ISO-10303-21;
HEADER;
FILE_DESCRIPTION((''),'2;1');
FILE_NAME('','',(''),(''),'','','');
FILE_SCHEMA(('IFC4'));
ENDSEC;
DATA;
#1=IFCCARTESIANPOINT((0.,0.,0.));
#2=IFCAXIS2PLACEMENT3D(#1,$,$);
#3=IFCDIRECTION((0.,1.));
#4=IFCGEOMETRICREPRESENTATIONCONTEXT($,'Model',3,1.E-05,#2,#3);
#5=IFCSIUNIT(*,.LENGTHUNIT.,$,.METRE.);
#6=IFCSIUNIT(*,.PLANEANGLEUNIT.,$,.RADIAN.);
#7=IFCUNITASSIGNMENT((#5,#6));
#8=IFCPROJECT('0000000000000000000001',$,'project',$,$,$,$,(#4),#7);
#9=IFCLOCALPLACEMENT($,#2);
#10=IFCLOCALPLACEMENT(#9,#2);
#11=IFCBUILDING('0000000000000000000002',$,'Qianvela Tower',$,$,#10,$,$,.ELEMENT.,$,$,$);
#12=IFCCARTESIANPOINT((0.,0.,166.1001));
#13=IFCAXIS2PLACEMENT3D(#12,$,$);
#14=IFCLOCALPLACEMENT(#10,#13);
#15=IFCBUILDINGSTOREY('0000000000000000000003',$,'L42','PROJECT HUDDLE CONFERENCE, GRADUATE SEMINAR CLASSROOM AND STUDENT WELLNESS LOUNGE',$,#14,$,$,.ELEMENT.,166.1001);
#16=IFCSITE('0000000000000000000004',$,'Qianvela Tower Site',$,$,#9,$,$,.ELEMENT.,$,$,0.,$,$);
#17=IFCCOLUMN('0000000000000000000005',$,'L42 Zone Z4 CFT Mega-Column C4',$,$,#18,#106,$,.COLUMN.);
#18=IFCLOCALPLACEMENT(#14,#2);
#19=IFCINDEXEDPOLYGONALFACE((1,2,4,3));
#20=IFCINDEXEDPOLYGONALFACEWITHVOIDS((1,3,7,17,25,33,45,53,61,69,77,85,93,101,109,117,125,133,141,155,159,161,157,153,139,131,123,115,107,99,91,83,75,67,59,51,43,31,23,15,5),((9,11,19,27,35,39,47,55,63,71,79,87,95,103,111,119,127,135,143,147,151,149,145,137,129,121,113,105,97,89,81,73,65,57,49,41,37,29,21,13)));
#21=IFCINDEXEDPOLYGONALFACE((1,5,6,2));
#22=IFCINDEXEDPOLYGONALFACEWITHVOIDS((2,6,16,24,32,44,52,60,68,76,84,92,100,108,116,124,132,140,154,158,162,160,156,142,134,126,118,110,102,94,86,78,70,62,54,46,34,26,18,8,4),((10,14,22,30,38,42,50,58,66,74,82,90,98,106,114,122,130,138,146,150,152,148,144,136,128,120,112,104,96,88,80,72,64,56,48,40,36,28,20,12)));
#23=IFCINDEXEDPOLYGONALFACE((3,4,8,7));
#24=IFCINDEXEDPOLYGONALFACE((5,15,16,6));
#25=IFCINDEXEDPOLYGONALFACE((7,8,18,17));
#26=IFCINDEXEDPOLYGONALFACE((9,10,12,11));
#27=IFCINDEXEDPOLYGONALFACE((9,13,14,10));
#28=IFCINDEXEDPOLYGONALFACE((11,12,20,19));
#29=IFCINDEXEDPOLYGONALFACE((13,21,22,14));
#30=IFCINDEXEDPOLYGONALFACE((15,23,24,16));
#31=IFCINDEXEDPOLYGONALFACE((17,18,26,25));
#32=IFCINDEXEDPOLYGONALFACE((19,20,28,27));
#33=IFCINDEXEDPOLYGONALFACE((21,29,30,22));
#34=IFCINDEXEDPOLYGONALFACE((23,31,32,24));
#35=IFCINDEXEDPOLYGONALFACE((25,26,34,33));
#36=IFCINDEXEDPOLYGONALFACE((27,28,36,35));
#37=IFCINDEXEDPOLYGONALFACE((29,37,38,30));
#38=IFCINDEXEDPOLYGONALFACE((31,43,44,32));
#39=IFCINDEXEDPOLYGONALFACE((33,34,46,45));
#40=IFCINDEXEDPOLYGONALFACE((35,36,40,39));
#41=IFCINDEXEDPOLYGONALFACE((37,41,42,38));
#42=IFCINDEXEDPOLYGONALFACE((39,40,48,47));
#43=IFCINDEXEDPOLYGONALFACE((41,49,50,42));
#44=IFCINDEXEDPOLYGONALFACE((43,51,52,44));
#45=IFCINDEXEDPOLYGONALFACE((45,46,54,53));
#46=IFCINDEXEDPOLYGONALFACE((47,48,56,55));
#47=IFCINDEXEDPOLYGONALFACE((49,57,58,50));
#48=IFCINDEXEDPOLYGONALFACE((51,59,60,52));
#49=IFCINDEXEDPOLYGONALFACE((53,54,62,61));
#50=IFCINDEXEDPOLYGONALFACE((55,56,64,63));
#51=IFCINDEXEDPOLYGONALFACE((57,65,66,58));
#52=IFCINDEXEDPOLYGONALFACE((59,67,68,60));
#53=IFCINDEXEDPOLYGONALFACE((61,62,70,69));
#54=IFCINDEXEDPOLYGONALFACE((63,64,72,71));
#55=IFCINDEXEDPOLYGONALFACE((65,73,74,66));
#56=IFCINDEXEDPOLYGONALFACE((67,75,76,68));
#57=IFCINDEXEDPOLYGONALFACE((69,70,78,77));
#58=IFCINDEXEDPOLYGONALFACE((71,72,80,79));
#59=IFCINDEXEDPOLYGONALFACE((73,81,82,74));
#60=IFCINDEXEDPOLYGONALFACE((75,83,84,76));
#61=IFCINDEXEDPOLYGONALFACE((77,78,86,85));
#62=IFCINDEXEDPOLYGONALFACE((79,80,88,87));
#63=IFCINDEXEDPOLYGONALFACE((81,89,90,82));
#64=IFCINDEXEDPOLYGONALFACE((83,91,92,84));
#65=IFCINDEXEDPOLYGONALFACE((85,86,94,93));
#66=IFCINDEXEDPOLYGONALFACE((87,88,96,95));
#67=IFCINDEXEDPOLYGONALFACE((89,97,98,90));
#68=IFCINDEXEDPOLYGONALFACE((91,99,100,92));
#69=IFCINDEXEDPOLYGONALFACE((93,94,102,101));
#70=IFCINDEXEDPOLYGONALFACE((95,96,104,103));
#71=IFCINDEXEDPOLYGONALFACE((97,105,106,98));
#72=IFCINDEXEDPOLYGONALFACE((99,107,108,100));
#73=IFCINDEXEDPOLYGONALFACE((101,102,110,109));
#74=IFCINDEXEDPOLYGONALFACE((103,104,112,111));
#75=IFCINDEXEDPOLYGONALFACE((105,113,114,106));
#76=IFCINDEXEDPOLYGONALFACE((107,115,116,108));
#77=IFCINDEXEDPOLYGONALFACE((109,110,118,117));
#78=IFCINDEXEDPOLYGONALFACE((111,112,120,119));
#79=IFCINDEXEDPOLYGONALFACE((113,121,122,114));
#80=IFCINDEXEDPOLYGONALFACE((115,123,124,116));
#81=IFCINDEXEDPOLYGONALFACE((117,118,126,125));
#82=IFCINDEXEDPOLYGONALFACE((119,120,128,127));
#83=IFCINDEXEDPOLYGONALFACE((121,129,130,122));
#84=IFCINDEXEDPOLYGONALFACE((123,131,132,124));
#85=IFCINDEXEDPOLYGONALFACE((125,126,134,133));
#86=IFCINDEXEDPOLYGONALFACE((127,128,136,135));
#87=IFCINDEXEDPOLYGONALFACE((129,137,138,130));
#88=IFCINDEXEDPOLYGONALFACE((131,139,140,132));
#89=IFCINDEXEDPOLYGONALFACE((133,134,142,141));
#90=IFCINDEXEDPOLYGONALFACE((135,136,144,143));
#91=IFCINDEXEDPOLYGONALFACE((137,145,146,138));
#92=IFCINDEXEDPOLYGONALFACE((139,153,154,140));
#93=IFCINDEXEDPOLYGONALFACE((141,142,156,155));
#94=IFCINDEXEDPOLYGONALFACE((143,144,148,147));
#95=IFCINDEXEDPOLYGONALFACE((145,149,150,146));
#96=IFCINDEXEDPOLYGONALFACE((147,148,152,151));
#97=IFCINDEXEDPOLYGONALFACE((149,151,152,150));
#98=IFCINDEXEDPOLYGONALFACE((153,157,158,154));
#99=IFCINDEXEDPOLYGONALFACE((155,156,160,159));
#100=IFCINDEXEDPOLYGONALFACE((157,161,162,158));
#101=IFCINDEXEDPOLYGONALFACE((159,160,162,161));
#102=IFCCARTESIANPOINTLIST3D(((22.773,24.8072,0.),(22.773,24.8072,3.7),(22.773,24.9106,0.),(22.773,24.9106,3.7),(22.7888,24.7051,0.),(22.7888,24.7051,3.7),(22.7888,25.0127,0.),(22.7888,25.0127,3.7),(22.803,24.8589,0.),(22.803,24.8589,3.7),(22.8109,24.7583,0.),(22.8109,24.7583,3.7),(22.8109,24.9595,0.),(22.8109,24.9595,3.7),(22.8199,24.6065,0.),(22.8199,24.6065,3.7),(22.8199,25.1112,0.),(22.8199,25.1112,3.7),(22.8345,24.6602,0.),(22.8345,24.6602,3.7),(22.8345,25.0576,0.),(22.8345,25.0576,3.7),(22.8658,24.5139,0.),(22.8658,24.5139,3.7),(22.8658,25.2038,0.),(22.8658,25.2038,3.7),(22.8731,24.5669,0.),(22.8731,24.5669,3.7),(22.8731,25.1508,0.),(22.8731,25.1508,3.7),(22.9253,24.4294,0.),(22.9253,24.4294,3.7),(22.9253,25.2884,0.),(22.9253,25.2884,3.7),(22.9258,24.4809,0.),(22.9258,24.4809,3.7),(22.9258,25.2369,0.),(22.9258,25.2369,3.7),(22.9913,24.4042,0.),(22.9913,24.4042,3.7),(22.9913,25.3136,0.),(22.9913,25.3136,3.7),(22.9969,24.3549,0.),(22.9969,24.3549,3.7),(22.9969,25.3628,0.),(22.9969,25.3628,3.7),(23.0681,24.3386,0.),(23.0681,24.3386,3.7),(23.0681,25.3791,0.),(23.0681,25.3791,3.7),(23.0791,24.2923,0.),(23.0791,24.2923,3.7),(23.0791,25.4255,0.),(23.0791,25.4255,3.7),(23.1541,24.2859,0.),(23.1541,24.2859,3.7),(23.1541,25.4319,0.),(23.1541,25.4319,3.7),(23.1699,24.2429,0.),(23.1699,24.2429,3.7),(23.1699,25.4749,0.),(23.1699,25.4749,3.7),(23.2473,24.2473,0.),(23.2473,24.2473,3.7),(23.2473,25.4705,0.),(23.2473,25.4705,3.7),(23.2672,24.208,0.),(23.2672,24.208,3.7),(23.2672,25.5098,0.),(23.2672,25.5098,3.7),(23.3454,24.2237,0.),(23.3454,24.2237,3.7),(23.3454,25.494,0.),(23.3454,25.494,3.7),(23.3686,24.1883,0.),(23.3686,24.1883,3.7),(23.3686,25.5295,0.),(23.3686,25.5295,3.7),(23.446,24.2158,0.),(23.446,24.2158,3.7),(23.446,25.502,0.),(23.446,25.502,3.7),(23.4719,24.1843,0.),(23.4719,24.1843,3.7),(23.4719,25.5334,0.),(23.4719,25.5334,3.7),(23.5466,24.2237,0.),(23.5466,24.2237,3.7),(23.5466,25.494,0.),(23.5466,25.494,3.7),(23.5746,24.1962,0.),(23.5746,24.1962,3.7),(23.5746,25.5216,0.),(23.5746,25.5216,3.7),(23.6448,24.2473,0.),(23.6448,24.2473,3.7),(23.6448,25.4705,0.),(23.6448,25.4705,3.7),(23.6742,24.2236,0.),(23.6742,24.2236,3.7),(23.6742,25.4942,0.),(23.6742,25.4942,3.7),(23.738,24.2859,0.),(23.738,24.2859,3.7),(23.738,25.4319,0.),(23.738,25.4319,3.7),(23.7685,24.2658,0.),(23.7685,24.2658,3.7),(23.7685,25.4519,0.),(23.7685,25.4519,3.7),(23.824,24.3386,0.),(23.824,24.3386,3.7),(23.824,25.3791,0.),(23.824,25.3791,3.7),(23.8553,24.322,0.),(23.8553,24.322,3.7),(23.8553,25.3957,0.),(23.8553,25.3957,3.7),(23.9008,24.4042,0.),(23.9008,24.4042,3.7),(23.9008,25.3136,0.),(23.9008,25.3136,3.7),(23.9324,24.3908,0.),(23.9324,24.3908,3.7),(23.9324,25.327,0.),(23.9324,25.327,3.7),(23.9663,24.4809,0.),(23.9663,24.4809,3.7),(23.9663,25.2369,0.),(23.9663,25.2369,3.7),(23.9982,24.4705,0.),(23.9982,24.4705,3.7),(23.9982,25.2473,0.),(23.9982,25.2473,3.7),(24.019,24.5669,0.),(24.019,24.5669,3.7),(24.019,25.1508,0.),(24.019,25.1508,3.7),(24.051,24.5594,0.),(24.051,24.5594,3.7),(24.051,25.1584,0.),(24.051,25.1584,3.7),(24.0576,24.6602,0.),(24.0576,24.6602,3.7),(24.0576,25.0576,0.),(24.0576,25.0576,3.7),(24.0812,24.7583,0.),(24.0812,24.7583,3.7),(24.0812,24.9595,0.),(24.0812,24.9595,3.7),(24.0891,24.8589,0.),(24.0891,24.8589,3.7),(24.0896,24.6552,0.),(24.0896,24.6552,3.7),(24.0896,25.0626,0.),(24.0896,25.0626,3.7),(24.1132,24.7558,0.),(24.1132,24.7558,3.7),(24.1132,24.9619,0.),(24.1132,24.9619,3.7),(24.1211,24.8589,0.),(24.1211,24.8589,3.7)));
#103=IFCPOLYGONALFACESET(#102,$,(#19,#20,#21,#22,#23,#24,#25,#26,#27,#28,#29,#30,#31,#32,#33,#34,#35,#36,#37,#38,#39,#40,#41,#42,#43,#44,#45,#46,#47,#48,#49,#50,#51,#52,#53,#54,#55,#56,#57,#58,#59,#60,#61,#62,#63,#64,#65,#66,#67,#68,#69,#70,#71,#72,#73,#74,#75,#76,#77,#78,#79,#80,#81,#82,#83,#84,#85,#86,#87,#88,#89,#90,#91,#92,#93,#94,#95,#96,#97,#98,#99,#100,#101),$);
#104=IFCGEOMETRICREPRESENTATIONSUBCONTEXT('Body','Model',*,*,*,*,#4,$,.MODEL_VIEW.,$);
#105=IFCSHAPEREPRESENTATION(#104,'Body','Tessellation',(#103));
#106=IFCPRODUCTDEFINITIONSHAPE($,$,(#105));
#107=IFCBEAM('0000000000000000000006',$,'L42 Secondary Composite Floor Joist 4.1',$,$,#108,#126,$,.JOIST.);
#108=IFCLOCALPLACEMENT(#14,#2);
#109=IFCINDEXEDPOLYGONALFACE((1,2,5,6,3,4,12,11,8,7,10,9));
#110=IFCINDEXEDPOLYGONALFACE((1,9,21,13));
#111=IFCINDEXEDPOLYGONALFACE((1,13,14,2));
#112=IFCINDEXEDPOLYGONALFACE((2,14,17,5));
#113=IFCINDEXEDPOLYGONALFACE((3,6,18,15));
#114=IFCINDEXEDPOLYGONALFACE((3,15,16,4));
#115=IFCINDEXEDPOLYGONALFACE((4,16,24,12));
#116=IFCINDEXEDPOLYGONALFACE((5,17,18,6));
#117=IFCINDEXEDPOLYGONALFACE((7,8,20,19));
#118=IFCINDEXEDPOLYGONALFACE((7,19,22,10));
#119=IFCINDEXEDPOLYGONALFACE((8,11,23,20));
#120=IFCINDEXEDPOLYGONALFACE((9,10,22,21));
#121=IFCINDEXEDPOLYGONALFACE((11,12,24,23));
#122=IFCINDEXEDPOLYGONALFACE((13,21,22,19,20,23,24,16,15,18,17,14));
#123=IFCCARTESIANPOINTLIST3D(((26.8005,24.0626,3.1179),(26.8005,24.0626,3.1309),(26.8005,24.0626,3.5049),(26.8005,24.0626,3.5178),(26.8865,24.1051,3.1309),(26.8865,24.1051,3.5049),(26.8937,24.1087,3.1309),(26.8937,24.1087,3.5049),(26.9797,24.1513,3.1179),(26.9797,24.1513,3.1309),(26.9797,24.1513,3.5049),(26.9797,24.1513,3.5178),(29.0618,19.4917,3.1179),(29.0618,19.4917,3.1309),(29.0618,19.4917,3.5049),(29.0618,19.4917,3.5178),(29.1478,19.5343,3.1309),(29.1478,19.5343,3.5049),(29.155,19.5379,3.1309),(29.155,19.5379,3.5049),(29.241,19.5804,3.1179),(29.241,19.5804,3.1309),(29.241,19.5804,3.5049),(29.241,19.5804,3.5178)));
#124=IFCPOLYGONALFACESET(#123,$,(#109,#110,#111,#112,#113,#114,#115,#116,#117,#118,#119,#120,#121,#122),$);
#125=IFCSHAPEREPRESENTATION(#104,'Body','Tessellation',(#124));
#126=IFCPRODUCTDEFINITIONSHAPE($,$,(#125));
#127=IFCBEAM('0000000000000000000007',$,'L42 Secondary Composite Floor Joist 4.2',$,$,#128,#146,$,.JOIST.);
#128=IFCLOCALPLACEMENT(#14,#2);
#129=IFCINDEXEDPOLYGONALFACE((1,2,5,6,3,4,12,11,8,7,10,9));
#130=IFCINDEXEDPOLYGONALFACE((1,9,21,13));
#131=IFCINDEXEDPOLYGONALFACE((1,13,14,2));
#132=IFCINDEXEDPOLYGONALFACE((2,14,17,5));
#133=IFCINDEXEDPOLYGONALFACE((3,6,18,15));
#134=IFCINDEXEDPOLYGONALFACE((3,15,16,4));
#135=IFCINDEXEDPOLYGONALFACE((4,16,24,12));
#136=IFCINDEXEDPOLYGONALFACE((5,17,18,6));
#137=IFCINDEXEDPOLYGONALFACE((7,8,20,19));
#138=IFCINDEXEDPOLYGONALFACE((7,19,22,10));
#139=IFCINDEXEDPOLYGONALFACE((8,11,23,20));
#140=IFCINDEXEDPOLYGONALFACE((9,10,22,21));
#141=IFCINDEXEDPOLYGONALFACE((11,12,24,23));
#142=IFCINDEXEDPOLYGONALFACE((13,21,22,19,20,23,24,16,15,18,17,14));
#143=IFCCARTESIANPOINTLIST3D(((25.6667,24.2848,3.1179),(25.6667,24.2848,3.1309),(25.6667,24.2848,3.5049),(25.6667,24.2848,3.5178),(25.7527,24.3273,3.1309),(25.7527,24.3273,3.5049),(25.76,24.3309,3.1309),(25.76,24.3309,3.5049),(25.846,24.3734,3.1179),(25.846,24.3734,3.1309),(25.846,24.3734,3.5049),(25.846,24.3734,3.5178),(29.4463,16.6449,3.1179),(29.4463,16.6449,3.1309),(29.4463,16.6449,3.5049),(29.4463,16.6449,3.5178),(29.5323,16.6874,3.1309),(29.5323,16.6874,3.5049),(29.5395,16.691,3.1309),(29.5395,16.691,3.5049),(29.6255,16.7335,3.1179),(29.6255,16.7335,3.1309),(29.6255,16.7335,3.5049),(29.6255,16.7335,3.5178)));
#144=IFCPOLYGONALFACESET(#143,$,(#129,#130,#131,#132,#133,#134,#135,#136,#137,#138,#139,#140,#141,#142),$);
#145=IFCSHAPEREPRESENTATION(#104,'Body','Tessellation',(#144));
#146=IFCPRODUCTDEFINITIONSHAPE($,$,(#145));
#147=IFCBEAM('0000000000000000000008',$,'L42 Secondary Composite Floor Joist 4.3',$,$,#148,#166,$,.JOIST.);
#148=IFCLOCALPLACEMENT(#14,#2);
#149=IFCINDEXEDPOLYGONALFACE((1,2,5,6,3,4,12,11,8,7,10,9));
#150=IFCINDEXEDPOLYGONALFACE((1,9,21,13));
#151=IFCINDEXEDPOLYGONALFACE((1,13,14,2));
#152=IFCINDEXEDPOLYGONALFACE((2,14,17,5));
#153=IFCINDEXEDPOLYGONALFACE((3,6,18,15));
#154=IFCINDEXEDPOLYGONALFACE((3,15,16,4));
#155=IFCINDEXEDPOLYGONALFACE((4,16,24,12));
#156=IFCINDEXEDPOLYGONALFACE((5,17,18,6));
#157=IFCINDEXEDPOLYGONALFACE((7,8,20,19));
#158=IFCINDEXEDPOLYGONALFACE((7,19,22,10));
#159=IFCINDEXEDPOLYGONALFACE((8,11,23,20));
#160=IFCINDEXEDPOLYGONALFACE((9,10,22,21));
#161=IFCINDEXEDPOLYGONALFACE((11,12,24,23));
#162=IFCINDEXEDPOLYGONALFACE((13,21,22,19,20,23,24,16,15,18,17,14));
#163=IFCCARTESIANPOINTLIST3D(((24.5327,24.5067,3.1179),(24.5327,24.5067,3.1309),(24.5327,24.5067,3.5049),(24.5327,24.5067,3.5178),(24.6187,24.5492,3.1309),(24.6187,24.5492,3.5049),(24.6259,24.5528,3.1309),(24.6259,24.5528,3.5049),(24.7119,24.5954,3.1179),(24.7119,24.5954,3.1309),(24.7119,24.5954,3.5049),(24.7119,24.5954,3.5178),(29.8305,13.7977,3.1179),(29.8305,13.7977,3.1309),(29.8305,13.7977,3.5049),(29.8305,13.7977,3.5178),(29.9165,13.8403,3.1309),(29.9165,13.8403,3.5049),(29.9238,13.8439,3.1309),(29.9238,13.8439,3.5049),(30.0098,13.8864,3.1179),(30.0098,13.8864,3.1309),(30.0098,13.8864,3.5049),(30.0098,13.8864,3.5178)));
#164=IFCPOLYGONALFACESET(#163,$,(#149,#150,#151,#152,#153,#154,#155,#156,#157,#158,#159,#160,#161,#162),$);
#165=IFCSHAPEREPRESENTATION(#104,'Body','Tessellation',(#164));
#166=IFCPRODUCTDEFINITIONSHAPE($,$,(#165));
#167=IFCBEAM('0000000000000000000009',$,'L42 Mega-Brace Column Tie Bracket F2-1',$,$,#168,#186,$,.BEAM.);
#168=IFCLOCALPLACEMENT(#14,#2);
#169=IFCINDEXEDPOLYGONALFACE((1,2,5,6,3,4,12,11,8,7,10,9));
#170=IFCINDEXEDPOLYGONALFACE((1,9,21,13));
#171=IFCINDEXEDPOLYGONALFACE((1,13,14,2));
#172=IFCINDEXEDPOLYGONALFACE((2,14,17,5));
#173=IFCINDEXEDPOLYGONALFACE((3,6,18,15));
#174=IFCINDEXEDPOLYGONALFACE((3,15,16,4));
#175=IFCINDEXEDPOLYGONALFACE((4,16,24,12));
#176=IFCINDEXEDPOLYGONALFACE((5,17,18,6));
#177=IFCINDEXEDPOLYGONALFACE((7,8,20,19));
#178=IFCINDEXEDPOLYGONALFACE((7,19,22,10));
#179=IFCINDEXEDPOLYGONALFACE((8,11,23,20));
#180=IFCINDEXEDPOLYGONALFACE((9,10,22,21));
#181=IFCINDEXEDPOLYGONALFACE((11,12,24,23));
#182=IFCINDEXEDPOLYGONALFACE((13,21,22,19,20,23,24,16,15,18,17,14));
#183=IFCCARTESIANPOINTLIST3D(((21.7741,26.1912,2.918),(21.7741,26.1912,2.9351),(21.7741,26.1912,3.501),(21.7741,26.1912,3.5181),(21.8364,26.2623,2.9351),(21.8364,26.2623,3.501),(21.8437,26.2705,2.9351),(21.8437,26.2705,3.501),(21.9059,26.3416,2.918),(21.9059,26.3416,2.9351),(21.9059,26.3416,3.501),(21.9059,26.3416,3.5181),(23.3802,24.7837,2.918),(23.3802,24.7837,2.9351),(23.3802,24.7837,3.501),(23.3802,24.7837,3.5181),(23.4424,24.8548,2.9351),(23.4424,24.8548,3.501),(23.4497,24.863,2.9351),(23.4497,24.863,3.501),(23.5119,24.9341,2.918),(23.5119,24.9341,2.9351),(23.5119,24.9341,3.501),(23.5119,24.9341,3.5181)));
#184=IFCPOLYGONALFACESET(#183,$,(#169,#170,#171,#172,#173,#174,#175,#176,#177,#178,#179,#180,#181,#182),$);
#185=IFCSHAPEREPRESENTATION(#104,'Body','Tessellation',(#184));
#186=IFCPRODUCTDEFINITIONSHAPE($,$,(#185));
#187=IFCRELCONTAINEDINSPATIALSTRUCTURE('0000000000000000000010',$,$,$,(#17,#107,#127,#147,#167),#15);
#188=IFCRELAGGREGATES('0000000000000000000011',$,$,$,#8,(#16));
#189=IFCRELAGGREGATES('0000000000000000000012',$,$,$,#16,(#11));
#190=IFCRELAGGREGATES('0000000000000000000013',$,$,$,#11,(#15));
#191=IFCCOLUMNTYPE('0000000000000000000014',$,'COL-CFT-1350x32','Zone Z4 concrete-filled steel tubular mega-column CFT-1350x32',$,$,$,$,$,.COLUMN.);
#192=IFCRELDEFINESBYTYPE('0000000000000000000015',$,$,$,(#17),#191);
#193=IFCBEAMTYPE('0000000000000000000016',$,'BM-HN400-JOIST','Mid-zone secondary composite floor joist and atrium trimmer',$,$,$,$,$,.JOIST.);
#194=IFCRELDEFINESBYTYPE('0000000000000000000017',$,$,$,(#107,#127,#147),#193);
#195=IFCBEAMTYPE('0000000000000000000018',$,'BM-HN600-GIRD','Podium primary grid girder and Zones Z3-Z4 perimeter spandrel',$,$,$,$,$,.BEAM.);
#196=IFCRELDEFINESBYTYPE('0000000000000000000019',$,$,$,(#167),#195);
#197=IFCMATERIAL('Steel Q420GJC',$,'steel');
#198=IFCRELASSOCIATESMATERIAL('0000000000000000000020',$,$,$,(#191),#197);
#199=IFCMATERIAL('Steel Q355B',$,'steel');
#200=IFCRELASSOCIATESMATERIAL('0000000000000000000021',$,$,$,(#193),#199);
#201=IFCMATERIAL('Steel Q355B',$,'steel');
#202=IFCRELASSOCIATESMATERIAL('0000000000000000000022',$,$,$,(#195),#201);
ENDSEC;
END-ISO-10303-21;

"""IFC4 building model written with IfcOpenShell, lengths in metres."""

from ifc_helpers import new_model, si_unit, direction, frame, origin, origin_2d, place, context, subcontext, project, spatial, hollow_circle, i_section, extrude, material, material_profile, profile_set, type_object, element, save


model = new_model("IFC4")

# Units and contexts
model_context = context("Model", 3, precision=1e-05, world=origin(), true_north=direction((0.0, 1.0)))
body_context = subcontext(model_context, "Body", "Model", "MODEL_VIEW")
ifc_project = project(units=[si_unit("LENGTHUNIT", "METRE"), si_unit("PLANEANGLEUNIT", "RADIAN")], contexts=[model_context])

# Site, building, storey
site_placement = place(None, origin())
site = spatial("IfcSite", under=ifc_project, at=site_placement, Name="Qianvela Tower Site", CompositionType="ELEMENT", RefElevation=0.0)
building_placement = place(site_placement, origin())
building = spatial("IfcBuilding", under=site, at=building_placement, Name="Qianvela Tower", CompositionType="ELEMENT")
storey_placement = place(building_placement, frame((0.0, 0.0, 166.1001)))
storey = spatial("IfcBuildingStorey", under=building, at=storey_placement, Name="L42", Description="PROJECT HUDDLE CONFERENCE, GRADUATE SEMINAR CLASSROOM AND STUDENT WELLNESS LOUNGE", CompositionType="ELEMENT", Elevation=166.1001)

# Column
ifc_material_1 = material(Name="Steel Q420GJC", Category="steel")
ifc_material_profile_1 = material_profile(ifc_material_1, hollow_circle(Radius=0.675, WallThickness=0.032, at=origin_2d()), Name="CFT-1350x32")
ifc_profile_set_1 = profile_set([ifc_material_profile_1], Name="Steel Q420GJC")
column_type = type_object("IfcColumnType", Name="COL-CFT-1350x32", Description="Zone Z4 concrete-filled steel tubular mega-column CFT-1350x32", PredefinedType="COLUMN", material=ifc_profile_set_1)
column_placement = place(storey_placement, frame((23.446, 24.8589, 0.0), z_axis=(0.0, 0.0, 1.0), x_axis=(1.0, 0.0, 0.0)))
element("IfcColumn", 1, at=column_placement, inside=storey, type_object=column_type, Name="L42 Zone Z4 CFT Mega-Column C4", PredefinedType="COLUMN", context=body_context, shape_type="SweptSolid", body=[
    extrude(hollow_circle(Radius=0.675, WallThickness=0.032, at=origin_2d()), origin(), (0.0, 0.0, 1.0), 3.7),
])

# Beams
ifc_material_2 = material(Name="Steel Q355B", Category="steel")
ifc_material_profile_2 = material_profile(ifc_material_2, i_section(OverallWidth=0.2, OverallDepth=0.3999, WebThickness=0.0081, FlangeThickness=0.0129, at=origin_2d()), Name="HN400x200x8x13")
ifc_profile_set_2 = profile_set([ifc_material_profile_2], Name="Steel Q355B")
beam_type_1 = type_object("IfcBeamType", Name="BM-HN400-JOIST", Description="Mid-zone secondary composite floor joist and atrium trimmer", PredefinedType="JOIST", material=ifc_profile_set_2)
beam_1_placement = place(storey_placement, frame((26.8901, 24.1069, 3.3179), z_axis=(0.443418, -0.896315, 0.0), x_axis=(0.896315, 0.443418, 0.0)))
element("IfcBeam", 2, at=beam_1_placement, inside=storey, type_object=beam_type_1, Name="L42 Secondary Composite Floor Joist 4.1", PredefinedType="JOIST", context=body_context, shape_type="SweptSolid", body=[
    extrude(i_section(OverallWidth=0.2, OverallDepth=0.3999, WebThickness=0.0081, FlangeThickness=0.0129, at=origin_2d()), origin(), (0.0, 0.0, 1.0), 5.0996),
])
beam_2_placement = place(storey_placement, frame((25.7563, 24.3291, 3.3179), z_axis=(0.443417, -0.896315, 0.0), x_axis=(0.896315, 0.443417, 0.0)))
element("IfcBeam", 3, at=beam_2_placement, inside=storey, type_object=beam_type_1, Name="L42 Secondary Composite Floor Joist 4.2", PredefinedType="JOIST", context=body_context, shape_type="SweptSolid", body=[
    extrude(i_section(OverallWidth=0.2, OverallDepth=0.3999, WebThickness=0.0081, FlangeThickness=0.0129, at=origin_2d()), origin(), (0.0, 0.0, 1.0), 8.5237),
])
beam_3_placement = place(storey_placement, frame((24.6223, 24.551, 3.3179), z_axis=(0.443417, -0.896315, 0.0), x_axis=(0.896315, 0.443417, 0.0)))
element("IfcBeam", 4, at=beam_3_placement, inside=storey, type_object=beam_type_1, Name="L42 Secondary Composite Floor Joist 4.3", PredefinedType="JOIST", context=body_context, shape_type="SweptSolid", body=[
    extrude(i_section(OverallWidth=0.2, OverallDepth=0.3999, WebThickness=0.0081, FlangeThickness=0.0129, at=origin_2d()), origin(), (0.0, 0.0, 1.0), 11.9478),
])
ifc_material_3 = material(Name="Steel Q355B", Category="steel")
ifc_material_profile_3 = material_profile(ifc_material_3, i_section(OverallWidth=0.2, OverallDepth=0.6001, WebThickness=0.011, FlangeThickness=0.0171, at=origin_2d()), Name="HN600x200x11x17")
ifc_profile_set_3 = profile_set([ifc_material_profile_3], Name="Steel Q355B")
beam_type_2 = type_object("IfcBeamType", Name="BM-HN600-GIRD", Description="Podium primary grid girder and Zones Z3-Z4 perimeter spandrel", PredefinedType="BEAM", material=ifc_profile_set_3)
beam_4_placement = place(storey_placement, frame((23.446, 24.8589, 3.218), z_axis=(-0.752052, 0.659103, 0.0), x_axis=(-0.659103, -0.752052, 0.0)))
element("IfcBeam", 5, at=beam_4_placement, inside=storey, type_object=beam_type_2, Name="L42 Mega-Brace Column Tie Bracket F2-1", PredefinedType="BEAM", context=body_context, shape_type="SweptSolid", body=[
    extrude(i_section(OverallWidth=0.2, OverallDepth=0.6001, WebThickness=0.011, FlangeThickness=0.0171, at=origin_2d()), origin(), (0.0, 0.0, 1.0), 2.1355),
])

save(model, "model.ifc")
